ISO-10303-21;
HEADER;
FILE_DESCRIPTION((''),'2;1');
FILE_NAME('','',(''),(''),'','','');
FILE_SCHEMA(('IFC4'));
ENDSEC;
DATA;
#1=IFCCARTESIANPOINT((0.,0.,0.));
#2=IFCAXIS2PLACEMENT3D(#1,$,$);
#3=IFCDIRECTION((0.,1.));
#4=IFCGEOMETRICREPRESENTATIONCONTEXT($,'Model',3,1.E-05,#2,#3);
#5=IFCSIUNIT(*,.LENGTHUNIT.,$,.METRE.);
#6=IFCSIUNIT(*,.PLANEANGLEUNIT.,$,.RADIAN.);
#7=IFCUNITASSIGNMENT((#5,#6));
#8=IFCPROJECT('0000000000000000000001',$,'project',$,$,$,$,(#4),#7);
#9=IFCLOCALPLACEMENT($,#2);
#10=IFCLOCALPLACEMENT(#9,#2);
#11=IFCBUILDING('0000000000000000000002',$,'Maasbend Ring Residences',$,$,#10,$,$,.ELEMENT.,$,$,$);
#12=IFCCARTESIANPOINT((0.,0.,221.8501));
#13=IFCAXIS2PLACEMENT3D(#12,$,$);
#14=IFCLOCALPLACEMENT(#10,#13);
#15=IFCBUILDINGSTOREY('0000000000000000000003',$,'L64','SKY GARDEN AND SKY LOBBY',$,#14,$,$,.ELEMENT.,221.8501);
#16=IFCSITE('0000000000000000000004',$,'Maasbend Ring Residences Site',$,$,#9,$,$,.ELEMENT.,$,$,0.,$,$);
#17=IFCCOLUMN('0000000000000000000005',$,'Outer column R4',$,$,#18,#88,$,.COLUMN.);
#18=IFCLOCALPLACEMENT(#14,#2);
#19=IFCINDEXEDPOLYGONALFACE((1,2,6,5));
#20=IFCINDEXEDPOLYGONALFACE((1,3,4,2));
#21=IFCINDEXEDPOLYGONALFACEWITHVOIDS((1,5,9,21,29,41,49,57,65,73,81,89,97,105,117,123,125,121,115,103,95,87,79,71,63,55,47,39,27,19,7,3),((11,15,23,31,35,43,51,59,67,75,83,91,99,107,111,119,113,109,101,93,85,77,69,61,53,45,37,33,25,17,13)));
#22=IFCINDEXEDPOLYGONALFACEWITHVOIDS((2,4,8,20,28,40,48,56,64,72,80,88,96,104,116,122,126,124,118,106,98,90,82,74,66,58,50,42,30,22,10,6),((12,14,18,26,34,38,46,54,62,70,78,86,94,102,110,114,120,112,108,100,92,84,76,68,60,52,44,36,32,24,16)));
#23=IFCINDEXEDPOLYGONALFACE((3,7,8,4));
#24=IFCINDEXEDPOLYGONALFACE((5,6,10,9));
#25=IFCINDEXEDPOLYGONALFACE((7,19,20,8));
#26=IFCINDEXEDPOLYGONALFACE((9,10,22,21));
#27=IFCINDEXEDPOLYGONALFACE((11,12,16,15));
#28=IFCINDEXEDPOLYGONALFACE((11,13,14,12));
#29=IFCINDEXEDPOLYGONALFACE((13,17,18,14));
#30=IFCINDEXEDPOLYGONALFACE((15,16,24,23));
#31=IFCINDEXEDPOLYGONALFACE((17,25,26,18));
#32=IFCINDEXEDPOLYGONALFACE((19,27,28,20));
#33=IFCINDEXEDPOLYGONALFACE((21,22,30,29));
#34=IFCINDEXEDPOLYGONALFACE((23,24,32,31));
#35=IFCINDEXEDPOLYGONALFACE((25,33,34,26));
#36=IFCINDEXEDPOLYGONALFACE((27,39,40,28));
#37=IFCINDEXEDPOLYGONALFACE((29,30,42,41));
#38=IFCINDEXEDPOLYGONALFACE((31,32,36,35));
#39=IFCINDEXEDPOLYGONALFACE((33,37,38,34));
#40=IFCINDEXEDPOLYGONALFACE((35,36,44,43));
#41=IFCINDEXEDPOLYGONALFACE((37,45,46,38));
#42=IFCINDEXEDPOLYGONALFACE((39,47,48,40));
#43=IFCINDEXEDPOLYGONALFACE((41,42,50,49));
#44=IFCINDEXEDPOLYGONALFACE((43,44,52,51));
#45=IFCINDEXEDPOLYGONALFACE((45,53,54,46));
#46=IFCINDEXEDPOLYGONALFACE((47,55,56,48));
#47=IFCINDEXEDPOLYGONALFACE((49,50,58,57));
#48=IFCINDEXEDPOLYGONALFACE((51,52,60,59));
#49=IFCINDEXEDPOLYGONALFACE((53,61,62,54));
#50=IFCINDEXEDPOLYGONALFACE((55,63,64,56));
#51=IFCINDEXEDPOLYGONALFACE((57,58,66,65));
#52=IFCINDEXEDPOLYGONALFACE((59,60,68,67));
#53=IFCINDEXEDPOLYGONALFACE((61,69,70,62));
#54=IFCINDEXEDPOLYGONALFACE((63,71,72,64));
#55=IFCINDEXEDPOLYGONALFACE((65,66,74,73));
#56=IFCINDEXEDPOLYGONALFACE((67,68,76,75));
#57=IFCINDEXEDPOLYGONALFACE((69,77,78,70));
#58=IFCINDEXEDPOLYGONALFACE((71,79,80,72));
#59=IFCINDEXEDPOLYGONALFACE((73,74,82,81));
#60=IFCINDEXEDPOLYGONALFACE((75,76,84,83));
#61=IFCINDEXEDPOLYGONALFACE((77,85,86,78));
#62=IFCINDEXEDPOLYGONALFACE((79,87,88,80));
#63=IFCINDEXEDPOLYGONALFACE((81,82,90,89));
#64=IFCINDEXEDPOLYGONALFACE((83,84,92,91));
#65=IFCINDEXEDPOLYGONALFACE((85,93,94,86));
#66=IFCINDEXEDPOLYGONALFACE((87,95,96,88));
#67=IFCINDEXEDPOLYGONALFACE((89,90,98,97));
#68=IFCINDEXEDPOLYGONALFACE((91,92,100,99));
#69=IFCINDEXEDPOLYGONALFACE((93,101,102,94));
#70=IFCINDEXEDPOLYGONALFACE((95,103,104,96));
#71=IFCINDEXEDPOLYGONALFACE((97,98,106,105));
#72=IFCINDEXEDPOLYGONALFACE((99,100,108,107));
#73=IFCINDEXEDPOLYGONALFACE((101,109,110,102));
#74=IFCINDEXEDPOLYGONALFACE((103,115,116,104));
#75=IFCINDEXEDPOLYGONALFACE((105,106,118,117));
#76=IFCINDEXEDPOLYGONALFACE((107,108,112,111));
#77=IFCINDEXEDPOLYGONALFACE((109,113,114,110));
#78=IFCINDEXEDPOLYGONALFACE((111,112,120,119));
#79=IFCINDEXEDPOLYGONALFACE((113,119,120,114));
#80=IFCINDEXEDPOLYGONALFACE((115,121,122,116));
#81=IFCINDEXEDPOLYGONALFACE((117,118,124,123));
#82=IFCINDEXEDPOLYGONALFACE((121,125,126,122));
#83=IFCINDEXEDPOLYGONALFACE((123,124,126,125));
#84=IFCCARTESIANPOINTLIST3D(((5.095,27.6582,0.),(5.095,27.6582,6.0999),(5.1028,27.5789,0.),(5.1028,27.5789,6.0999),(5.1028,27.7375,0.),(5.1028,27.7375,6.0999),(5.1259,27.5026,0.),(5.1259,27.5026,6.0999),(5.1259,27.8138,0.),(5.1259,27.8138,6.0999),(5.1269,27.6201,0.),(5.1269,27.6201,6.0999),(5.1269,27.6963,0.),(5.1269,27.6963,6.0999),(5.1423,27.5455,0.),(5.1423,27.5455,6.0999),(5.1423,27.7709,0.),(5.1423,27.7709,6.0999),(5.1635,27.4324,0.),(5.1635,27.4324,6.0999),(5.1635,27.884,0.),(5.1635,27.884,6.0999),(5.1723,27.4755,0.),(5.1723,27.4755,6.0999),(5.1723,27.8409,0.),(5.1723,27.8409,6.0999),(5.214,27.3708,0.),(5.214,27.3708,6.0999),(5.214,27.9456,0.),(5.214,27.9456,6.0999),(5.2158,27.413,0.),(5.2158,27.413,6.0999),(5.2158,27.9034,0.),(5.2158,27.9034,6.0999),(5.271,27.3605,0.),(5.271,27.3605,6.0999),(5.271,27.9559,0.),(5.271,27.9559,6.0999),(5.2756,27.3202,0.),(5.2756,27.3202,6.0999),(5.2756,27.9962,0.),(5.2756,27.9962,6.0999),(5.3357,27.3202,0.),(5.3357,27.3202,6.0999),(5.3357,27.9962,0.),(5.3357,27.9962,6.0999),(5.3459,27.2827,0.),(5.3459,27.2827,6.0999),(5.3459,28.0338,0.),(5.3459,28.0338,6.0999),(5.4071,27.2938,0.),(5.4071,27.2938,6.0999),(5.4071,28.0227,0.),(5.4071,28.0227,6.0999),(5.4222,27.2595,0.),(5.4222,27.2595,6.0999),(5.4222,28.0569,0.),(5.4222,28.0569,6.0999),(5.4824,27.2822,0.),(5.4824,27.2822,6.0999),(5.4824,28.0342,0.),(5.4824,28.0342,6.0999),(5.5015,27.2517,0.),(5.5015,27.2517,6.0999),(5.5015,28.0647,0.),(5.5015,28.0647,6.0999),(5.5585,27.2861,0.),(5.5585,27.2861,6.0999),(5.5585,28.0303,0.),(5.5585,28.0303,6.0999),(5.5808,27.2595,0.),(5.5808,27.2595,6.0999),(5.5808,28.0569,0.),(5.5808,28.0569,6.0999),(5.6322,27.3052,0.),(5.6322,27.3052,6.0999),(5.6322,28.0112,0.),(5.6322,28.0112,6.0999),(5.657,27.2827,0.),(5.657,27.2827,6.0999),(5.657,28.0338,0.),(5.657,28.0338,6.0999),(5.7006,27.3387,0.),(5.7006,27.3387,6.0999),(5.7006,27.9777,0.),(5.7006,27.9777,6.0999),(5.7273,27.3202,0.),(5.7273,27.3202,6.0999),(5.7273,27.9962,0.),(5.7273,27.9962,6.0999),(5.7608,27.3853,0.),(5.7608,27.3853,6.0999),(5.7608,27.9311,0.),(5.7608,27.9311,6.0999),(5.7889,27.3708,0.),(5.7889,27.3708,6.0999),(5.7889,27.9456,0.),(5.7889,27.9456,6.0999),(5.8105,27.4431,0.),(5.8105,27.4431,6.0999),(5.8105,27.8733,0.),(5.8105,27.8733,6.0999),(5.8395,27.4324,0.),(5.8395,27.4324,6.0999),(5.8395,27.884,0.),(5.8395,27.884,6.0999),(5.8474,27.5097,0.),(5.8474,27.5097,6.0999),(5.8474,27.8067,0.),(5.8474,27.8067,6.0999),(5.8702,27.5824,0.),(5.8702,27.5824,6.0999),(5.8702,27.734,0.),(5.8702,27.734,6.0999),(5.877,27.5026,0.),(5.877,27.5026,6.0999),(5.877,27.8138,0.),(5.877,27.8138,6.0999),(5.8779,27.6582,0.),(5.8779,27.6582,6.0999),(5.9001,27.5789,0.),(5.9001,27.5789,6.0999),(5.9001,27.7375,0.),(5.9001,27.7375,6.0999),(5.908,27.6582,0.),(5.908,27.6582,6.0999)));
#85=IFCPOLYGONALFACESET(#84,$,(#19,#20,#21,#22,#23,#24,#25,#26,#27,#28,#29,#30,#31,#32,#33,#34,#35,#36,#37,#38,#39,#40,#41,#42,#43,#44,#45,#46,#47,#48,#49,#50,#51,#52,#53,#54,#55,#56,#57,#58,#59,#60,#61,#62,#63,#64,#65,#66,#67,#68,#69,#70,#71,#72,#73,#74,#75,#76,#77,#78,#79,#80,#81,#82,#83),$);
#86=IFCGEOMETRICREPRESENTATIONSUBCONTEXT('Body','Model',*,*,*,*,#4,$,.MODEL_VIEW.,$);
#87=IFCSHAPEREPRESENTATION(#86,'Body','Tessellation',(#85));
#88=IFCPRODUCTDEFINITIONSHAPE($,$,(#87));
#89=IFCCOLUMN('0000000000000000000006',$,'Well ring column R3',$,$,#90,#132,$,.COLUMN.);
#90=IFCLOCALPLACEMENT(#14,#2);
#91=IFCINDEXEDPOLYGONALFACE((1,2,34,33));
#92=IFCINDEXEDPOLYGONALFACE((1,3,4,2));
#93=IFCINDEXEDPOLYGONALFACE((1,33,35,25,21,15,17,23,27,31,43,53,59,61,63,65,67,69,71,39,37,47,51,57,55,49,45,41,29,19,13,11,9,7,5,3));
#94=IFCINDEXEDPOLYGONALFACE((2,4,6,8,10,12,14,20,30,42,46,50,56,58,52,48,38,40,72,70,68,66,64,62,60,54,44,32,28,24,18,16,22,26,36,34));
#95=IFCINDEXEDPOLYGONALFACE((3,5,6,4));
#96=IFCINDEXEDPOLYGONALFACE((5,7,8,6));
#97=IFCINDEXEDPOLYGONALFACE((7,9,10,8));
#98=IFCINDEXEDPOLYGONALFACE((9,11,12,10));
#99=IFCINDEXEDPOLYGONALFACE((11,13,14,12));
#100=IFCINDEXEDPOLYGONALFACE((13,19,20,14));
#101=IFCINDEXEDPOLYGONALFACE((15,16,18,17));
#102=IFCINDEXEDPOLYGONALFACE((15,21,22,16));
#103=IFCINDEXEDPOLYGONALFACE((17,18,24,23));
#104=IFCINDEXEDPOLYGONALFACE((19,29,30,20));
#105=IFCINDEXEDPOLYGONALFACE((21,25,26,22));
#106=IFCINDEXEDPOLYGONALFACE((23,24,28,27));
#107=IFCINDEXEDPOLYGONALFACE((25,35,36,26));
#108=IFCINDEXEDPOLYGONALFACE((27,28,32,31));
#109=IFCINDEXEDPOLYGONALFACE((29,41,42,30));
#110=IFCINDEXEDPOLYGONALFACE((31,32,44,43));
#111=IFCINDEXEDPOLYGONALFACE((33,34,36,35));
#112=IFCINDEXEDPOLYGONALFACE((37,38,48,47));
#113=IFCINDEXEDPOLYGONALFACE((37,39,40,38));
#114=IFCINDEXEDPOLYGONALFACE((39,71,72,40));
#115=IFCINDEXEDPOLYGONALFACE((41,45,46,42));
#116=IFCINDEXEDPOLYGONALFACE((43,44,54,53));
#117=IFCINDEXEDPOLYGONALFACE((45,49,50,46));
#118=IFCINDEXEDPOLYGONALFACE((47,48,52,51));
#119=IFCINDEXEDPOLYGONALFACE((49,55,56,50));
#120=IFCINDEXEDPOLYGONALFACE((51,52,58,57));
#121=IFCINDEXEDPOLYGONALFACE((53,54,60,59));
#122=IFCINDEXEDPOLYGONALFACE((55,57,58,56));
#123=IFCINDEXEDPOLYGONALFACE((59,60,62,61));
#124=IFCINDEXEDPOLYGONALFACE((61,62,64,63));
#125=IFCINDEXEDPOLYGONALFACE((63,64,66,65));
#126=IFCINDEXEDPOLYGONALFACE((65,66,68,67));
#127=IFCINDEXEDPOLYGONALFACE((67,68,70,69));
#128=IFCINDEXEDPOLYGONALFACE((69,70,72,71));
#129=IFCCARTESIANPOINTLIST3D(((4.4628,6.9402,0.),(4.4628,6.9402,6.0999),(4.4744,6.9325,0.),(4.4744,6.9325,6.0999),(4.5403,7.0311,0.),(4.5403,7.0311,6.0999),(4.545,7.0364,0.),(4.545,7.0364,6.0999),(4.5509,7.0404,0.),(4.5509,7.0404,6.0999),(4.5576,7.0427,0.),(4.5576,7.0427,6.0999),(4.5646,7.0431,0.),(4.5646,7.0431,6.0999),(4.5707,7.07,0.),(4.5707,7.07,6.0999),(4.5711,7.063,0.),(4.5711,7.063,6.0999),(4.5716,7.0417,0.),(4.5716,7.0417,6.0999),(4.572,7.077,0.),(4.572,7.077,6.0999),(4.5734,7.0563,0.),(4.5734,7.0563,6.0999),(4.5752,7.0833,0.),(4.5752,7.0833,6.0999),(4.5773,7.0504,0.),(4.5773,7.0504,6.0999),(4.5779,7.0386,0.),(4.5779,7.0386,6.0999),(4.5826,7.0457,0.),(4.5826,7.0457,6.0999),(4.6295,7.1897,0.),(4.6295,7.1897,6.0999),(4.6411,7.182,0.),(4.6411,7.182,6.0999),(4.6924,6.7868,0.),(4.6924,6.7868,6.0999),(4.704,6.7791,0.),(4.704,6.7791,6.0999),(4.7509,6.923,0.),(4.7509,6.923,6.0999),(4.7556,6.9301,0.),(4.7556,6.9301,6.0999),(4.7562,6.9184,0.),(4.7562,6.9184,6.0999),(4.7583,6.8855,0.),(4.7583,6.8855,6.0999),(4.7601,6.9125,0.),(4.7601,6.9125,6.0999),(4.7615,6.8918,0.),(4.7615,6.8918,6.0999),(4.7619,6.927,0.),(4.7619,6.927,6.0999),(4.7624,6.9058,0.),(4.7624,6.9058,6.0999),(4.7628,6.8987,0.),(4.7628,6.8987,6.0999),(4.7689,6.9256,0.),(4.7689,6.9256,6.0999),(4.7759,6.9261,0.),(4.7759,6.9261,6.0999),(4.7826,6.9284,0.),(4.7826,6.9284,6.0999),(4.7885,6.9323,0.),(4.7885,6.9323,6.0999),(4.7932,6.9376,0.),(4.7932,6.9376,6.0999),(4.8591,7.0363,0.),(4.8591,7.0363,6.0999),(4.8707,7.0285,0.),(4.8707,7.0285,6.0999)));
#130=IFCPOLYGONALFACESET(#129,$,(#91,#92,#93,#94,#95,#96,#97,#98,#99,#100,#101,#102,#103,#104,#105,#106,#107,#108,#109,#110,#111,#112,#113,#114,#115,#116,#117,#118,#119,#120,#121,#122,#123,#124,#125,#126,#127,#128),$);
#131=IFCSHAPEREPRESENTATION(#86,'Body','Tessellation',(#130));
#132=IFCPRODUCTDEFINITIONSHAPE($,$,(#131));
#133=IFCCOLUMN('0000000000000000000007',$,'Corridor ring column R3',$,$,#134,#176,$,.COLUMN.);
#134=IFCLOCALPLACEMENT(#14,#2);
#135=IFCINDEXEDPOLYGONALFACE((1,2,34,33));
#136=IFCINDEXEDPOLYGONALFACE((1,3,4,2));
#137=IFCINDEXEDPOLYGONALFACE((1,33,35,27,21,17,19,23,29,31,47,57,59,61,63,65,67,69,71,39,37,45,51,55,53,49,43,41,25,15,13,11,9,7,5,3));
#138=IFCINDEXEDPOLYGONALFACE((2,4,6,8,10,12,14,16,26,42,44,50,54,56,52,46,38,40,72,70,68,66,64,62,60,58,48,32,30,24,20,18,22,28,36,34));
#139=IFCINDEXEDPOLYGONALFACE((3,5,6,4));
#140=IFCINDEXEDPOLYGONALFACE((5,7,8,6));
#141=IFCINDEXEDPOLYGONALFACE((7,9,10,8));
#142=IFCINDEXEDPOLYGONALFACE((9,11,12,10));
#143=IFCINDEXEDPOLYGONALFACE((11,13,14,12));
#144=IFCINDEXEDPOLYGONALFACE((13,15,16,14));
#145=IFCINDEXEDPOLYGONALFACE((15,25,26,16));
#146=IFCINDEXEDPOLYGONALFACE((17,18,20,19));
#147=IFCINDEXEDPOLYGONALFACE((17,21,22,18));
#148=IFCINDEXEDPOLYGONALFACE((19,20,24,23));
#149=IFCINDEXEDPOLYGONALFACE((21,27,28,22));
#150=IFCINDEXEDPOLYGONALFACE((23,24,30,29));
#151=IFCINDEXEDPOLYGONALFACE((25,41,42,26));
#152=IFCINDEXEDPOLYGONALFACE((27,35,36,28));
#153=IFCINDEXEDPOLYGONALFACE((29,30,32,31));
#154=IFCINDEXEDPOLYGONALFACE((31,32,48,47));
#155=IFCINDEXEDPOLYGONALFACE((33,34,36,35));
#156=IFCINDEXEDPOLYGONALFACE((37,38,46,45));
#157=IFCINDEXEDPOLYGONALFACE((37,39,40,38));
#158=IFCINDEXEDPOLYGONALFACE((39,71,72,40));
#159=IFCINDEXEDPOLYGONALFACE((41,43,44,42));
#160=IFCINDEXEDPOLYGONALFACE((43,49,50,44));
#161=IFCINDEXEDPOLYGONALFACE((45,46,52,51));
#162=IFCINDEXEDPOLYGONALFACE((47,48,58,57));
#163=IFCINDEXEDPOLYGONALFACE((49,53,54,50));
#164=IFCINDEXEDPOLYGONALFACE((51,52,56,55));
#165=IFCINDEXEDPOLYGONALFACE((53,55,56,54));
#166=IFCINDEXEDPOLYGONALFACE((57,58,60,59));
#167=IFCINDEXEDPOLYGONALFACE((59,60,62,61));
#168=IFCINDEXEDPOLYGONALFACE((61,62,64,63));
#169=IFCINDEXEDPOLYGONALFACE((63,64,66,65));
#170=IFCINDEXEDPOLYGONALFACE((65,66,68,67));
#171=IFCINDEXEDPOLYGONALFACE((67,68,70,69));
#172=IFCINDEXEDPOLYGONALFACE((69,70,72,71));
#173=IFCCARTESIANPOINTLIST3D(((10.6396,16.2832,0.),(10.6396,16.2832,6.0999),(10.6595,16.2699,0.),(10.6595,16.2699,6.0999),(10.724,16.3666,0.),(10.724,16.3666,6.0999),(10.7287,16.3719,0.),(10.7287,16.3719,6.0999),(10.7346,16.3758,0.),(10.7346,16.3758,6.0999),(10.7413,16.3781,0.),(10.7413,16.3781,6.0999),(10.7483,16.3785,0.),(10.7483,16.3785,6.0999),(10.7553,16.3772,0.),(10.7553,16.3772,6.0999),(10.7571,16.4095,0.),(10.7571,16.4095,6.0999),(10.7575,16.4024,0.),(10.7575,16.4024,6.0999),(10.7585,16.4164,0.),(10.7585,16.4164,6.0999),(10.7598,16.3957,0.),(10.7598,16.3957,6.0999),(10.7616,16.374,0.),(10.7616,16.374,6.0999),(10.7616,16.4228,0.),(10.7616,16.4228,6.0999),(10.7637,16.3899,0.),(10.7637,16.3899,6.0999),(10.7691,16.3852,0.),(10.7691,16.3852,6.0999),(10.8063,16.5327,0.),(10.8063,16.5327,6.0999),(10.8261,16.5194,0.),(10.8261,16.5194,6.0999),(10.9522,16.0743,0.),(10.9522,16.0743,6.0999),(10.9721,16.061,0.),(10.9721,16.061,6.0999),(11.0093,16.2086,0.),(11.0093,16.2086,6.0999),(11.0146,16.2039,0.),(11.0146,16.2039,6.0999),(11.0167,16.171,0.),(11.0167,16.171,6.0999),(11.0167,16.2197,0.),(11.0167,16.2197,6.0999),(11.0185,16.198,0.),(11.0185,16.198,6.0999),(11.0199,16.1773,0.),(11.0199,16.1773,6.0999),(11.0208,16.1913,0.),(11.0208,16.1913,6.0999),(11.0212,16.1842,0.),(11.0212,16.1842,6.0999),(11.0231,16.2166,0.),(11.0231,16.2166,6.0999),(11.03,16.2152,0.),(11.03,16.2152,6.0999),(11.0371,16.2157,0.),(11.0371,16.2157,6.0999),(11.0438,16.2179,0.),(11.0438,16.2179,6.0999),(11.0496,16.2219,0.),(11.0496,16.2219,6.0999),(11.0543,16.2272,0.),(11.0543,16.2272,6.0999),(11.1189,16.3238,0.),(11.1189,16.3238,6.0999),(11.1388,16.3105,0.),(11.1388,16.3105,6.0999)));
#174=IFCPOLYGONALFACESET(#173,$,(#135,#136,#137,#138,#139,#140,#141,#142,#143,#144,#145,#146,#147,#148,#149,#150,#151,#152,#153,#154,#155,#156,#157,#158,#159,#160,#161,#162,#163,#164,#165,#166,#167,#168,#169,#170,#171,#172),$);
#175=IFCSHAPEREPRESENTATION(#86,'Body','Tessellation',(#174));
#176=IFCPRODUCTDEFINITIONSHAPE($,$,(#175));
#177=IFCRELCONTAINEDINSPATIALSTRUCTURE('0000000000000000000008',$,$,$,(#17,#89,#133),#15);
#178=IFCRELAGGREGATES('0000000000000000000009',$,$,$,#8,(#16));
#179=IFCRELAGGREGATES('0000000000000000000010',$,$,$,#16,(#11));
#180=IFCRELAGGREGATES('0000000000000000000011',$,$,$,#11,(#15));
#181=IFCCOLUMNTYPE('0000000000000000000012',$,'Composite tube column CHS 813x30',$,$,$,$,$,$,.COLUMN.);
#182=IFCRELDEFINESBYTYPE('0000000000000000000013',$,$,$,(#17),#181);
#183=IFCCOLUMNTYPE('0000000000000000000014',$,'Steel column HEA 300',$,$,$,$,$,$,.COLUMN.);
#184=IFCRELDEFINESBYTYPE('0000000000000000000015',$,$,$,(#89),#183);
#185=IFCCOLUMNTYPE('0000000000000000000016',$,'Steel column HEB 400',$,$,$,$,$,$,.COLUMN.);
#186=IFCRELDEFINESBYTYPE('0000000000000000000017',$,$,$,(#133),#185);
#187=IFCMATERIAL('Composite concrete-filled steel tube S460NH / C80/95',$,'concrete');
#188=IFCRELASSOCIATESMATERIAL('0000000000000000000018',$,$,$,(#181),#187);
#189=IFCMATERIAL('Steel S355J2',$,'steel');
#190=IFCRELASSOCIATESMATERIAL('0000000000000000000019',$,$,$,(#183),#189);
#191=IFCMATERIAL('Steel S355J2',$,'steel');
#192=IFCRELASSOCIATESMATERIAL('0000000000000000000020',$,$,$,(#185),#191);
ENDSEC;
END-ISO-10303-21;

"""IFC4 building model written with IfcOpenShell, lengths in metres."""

from ifc_helpers import new_model, si_unit, direction, frame, origin, origin_2d, place, context, subcontext, project, spatial, hollow_circle, i_section, extrude, material, material_profile, profile_set, type_object, element, save


model = new_model("IFC4")

# Units and contexts
model_context = context("Model", 3, precision=1e-05, world=origin(), true_north=direction((0.0, 1.0)))
body_context = subcontext(model_context, "Body", "Model", "MODEL_VIEW")
ifc_project = project(units=[si_unit("LENGTHUNIT", "METRE"), si_unit("PLANEANGLEUNIT", "RADIAN")], contexts=[model_context])

# Site, building, storey
site_placement = place(None, origin())
site = spatial("IfcSite", under=ifc_project, at=site_placement, Name="Maasbend Ring Residences Site", CompositionType="ELEMENT", RefElevation=0.0)
building_placement = place(site_placement, origin())
building = spatial("IfcBuilding", under=site, at=building_placement, Name="Maasbend Ring Residences", CompositionType="ELEMENT")
storey_placement = place(building_placement, frame((0.0, 0.0, 221.8501)))
storey = spatial("IfcBuildingStorey", under=building, at=storey_placement, Name="L64", Description="SKY GARDEN AND SKY LOBBY", CompositionType="ELEMENT", Elevation=221.8501)

# Columns
ifc_material_1 = material(Name="Composite concrete-filled steel tube S460NH / C80/95", Category="concrete")
ifc_material_profile_1 = material_profile(ifc_material_1, hollow_circle(Radius=0.4065, WallThickness=0.03, at=origin_2d()), Name="Composite tube column CHS 813x30")
ifc_profile_set_1 = profile_set([ifc_material_profile_1], Name="Composite concrete-filled steel tube S460NH / C80/95")
column_type_1 = type_object("IfcColumnType", Name="Composite tube column CHS 813x30", PredefinedType="COLUMN", material=ifc_profile_set_1)
column_1_placement = place(storey_placement, frame((5.5015, 27.6582, 0.0), z_axis=(0.0, 0.0, 1.0), x_axis=(1.0, 0.0, 0.0)))
element("IfcColumn", 1, at=column_1_placement, inside=storey, type_object=column_type_1, Name="Outer column R4", PredefinedType="COLUMN", context=body_context, shape_type="SweptSolid", body=[
    extrude(hollow_circle(Radius=0.4065, WallThickness=0.03, at=origin_2d()), origin(), (0.0, 0.0, 1.0), 6.0999),
])
ifc_material_2 = material(Name="Steel S355J2", Category="steel")
ifc_material_profile_2 = material_profile(ifc_material_2, i_section(OverallWidth=0.3, OverallDepth=0.29, WebThickness=0.0085, FlangeThickness=0.0139, FilletRadius=0.0271, at=origin_2d()), Name="HEA 300")
ifc_profile_set_2 = profile_set([ifc_material_profile_2], Name="Steel S355J2")
column_type_2 = type_object("IfcColumnType", Name="Steel column HEA 300", PredefinedType="COLUMN", material=ifc_profile_set_2)
column_2_placement = place(storey_placement, frame((4.6667, 6.9844, 0.0), z_axis=(0.0, 0.0, 1.0), x_axis=(0.55557, 0.83147, 0.0)))
element("IfcColumn", 2, at=column_2_placement, inside=storey, type_object=column_type_2, Name="Well ring column R3", PredefinedType="COLUMN", context=body_context, shape_type="SweptSolid", body=[
    extrude(i_section(OverallWidth=0.3, OverallDepth=0.29, WebThickness=0.0085, FlangeThickness=0.0139, FilletRadius=0.0271, at=origin_2d()), origin(), (0.0, 0.0, 1.0), 6.0999),
])
ifc_material_3 = material(Name="Steel S355J2", Category="steel")
ifc_material_profile_3 = material_profile(ifc_material_3, i_section(OverallWidth=0.3, OverallDepth=0.3999, WebThickness=0.0134, FlangeThickness=0.0239, FilletRadius=0.0271, at=origin_2d()), Name="HEB 400")
ifc_profile_set_3 = profile_set([ifc_material_profile_3], Name="Steel S355J2")
column_type_3 = type_object("IfcColumnType", Name="Steel column HEB 400", PredefinedType="COLUMN", material=ifc_profile_set_3)
for number, where, z_axis, x_axis, name in (
    (3, (10.8892, 16.2969, 0.0), (0.0, 0.0, 1.0), (0.55557, 0.83147, 0.0), "Corridor ring column R3"),
):
    element("IfcColumn", number, at=place(storey_placement, frame(where, z_axis=z_axis, x_axis=x_axis)), inside=storey, type_object=column_type_3, Name=name, PredefinedType="COLUMN", context=body_context, shape_type="SweptSolid", body=[
        extrude(i_section(OverallWidth=0.3, OverallDepth=0.3999, WebThickness=0.0134, FlangeThickness=0.0239, FilletRadius=0.0271, at=origin_2d()), origin(), (0.0, 0.0, 1.0), 6.0999),
    ])

save(model, "model.ifc")
